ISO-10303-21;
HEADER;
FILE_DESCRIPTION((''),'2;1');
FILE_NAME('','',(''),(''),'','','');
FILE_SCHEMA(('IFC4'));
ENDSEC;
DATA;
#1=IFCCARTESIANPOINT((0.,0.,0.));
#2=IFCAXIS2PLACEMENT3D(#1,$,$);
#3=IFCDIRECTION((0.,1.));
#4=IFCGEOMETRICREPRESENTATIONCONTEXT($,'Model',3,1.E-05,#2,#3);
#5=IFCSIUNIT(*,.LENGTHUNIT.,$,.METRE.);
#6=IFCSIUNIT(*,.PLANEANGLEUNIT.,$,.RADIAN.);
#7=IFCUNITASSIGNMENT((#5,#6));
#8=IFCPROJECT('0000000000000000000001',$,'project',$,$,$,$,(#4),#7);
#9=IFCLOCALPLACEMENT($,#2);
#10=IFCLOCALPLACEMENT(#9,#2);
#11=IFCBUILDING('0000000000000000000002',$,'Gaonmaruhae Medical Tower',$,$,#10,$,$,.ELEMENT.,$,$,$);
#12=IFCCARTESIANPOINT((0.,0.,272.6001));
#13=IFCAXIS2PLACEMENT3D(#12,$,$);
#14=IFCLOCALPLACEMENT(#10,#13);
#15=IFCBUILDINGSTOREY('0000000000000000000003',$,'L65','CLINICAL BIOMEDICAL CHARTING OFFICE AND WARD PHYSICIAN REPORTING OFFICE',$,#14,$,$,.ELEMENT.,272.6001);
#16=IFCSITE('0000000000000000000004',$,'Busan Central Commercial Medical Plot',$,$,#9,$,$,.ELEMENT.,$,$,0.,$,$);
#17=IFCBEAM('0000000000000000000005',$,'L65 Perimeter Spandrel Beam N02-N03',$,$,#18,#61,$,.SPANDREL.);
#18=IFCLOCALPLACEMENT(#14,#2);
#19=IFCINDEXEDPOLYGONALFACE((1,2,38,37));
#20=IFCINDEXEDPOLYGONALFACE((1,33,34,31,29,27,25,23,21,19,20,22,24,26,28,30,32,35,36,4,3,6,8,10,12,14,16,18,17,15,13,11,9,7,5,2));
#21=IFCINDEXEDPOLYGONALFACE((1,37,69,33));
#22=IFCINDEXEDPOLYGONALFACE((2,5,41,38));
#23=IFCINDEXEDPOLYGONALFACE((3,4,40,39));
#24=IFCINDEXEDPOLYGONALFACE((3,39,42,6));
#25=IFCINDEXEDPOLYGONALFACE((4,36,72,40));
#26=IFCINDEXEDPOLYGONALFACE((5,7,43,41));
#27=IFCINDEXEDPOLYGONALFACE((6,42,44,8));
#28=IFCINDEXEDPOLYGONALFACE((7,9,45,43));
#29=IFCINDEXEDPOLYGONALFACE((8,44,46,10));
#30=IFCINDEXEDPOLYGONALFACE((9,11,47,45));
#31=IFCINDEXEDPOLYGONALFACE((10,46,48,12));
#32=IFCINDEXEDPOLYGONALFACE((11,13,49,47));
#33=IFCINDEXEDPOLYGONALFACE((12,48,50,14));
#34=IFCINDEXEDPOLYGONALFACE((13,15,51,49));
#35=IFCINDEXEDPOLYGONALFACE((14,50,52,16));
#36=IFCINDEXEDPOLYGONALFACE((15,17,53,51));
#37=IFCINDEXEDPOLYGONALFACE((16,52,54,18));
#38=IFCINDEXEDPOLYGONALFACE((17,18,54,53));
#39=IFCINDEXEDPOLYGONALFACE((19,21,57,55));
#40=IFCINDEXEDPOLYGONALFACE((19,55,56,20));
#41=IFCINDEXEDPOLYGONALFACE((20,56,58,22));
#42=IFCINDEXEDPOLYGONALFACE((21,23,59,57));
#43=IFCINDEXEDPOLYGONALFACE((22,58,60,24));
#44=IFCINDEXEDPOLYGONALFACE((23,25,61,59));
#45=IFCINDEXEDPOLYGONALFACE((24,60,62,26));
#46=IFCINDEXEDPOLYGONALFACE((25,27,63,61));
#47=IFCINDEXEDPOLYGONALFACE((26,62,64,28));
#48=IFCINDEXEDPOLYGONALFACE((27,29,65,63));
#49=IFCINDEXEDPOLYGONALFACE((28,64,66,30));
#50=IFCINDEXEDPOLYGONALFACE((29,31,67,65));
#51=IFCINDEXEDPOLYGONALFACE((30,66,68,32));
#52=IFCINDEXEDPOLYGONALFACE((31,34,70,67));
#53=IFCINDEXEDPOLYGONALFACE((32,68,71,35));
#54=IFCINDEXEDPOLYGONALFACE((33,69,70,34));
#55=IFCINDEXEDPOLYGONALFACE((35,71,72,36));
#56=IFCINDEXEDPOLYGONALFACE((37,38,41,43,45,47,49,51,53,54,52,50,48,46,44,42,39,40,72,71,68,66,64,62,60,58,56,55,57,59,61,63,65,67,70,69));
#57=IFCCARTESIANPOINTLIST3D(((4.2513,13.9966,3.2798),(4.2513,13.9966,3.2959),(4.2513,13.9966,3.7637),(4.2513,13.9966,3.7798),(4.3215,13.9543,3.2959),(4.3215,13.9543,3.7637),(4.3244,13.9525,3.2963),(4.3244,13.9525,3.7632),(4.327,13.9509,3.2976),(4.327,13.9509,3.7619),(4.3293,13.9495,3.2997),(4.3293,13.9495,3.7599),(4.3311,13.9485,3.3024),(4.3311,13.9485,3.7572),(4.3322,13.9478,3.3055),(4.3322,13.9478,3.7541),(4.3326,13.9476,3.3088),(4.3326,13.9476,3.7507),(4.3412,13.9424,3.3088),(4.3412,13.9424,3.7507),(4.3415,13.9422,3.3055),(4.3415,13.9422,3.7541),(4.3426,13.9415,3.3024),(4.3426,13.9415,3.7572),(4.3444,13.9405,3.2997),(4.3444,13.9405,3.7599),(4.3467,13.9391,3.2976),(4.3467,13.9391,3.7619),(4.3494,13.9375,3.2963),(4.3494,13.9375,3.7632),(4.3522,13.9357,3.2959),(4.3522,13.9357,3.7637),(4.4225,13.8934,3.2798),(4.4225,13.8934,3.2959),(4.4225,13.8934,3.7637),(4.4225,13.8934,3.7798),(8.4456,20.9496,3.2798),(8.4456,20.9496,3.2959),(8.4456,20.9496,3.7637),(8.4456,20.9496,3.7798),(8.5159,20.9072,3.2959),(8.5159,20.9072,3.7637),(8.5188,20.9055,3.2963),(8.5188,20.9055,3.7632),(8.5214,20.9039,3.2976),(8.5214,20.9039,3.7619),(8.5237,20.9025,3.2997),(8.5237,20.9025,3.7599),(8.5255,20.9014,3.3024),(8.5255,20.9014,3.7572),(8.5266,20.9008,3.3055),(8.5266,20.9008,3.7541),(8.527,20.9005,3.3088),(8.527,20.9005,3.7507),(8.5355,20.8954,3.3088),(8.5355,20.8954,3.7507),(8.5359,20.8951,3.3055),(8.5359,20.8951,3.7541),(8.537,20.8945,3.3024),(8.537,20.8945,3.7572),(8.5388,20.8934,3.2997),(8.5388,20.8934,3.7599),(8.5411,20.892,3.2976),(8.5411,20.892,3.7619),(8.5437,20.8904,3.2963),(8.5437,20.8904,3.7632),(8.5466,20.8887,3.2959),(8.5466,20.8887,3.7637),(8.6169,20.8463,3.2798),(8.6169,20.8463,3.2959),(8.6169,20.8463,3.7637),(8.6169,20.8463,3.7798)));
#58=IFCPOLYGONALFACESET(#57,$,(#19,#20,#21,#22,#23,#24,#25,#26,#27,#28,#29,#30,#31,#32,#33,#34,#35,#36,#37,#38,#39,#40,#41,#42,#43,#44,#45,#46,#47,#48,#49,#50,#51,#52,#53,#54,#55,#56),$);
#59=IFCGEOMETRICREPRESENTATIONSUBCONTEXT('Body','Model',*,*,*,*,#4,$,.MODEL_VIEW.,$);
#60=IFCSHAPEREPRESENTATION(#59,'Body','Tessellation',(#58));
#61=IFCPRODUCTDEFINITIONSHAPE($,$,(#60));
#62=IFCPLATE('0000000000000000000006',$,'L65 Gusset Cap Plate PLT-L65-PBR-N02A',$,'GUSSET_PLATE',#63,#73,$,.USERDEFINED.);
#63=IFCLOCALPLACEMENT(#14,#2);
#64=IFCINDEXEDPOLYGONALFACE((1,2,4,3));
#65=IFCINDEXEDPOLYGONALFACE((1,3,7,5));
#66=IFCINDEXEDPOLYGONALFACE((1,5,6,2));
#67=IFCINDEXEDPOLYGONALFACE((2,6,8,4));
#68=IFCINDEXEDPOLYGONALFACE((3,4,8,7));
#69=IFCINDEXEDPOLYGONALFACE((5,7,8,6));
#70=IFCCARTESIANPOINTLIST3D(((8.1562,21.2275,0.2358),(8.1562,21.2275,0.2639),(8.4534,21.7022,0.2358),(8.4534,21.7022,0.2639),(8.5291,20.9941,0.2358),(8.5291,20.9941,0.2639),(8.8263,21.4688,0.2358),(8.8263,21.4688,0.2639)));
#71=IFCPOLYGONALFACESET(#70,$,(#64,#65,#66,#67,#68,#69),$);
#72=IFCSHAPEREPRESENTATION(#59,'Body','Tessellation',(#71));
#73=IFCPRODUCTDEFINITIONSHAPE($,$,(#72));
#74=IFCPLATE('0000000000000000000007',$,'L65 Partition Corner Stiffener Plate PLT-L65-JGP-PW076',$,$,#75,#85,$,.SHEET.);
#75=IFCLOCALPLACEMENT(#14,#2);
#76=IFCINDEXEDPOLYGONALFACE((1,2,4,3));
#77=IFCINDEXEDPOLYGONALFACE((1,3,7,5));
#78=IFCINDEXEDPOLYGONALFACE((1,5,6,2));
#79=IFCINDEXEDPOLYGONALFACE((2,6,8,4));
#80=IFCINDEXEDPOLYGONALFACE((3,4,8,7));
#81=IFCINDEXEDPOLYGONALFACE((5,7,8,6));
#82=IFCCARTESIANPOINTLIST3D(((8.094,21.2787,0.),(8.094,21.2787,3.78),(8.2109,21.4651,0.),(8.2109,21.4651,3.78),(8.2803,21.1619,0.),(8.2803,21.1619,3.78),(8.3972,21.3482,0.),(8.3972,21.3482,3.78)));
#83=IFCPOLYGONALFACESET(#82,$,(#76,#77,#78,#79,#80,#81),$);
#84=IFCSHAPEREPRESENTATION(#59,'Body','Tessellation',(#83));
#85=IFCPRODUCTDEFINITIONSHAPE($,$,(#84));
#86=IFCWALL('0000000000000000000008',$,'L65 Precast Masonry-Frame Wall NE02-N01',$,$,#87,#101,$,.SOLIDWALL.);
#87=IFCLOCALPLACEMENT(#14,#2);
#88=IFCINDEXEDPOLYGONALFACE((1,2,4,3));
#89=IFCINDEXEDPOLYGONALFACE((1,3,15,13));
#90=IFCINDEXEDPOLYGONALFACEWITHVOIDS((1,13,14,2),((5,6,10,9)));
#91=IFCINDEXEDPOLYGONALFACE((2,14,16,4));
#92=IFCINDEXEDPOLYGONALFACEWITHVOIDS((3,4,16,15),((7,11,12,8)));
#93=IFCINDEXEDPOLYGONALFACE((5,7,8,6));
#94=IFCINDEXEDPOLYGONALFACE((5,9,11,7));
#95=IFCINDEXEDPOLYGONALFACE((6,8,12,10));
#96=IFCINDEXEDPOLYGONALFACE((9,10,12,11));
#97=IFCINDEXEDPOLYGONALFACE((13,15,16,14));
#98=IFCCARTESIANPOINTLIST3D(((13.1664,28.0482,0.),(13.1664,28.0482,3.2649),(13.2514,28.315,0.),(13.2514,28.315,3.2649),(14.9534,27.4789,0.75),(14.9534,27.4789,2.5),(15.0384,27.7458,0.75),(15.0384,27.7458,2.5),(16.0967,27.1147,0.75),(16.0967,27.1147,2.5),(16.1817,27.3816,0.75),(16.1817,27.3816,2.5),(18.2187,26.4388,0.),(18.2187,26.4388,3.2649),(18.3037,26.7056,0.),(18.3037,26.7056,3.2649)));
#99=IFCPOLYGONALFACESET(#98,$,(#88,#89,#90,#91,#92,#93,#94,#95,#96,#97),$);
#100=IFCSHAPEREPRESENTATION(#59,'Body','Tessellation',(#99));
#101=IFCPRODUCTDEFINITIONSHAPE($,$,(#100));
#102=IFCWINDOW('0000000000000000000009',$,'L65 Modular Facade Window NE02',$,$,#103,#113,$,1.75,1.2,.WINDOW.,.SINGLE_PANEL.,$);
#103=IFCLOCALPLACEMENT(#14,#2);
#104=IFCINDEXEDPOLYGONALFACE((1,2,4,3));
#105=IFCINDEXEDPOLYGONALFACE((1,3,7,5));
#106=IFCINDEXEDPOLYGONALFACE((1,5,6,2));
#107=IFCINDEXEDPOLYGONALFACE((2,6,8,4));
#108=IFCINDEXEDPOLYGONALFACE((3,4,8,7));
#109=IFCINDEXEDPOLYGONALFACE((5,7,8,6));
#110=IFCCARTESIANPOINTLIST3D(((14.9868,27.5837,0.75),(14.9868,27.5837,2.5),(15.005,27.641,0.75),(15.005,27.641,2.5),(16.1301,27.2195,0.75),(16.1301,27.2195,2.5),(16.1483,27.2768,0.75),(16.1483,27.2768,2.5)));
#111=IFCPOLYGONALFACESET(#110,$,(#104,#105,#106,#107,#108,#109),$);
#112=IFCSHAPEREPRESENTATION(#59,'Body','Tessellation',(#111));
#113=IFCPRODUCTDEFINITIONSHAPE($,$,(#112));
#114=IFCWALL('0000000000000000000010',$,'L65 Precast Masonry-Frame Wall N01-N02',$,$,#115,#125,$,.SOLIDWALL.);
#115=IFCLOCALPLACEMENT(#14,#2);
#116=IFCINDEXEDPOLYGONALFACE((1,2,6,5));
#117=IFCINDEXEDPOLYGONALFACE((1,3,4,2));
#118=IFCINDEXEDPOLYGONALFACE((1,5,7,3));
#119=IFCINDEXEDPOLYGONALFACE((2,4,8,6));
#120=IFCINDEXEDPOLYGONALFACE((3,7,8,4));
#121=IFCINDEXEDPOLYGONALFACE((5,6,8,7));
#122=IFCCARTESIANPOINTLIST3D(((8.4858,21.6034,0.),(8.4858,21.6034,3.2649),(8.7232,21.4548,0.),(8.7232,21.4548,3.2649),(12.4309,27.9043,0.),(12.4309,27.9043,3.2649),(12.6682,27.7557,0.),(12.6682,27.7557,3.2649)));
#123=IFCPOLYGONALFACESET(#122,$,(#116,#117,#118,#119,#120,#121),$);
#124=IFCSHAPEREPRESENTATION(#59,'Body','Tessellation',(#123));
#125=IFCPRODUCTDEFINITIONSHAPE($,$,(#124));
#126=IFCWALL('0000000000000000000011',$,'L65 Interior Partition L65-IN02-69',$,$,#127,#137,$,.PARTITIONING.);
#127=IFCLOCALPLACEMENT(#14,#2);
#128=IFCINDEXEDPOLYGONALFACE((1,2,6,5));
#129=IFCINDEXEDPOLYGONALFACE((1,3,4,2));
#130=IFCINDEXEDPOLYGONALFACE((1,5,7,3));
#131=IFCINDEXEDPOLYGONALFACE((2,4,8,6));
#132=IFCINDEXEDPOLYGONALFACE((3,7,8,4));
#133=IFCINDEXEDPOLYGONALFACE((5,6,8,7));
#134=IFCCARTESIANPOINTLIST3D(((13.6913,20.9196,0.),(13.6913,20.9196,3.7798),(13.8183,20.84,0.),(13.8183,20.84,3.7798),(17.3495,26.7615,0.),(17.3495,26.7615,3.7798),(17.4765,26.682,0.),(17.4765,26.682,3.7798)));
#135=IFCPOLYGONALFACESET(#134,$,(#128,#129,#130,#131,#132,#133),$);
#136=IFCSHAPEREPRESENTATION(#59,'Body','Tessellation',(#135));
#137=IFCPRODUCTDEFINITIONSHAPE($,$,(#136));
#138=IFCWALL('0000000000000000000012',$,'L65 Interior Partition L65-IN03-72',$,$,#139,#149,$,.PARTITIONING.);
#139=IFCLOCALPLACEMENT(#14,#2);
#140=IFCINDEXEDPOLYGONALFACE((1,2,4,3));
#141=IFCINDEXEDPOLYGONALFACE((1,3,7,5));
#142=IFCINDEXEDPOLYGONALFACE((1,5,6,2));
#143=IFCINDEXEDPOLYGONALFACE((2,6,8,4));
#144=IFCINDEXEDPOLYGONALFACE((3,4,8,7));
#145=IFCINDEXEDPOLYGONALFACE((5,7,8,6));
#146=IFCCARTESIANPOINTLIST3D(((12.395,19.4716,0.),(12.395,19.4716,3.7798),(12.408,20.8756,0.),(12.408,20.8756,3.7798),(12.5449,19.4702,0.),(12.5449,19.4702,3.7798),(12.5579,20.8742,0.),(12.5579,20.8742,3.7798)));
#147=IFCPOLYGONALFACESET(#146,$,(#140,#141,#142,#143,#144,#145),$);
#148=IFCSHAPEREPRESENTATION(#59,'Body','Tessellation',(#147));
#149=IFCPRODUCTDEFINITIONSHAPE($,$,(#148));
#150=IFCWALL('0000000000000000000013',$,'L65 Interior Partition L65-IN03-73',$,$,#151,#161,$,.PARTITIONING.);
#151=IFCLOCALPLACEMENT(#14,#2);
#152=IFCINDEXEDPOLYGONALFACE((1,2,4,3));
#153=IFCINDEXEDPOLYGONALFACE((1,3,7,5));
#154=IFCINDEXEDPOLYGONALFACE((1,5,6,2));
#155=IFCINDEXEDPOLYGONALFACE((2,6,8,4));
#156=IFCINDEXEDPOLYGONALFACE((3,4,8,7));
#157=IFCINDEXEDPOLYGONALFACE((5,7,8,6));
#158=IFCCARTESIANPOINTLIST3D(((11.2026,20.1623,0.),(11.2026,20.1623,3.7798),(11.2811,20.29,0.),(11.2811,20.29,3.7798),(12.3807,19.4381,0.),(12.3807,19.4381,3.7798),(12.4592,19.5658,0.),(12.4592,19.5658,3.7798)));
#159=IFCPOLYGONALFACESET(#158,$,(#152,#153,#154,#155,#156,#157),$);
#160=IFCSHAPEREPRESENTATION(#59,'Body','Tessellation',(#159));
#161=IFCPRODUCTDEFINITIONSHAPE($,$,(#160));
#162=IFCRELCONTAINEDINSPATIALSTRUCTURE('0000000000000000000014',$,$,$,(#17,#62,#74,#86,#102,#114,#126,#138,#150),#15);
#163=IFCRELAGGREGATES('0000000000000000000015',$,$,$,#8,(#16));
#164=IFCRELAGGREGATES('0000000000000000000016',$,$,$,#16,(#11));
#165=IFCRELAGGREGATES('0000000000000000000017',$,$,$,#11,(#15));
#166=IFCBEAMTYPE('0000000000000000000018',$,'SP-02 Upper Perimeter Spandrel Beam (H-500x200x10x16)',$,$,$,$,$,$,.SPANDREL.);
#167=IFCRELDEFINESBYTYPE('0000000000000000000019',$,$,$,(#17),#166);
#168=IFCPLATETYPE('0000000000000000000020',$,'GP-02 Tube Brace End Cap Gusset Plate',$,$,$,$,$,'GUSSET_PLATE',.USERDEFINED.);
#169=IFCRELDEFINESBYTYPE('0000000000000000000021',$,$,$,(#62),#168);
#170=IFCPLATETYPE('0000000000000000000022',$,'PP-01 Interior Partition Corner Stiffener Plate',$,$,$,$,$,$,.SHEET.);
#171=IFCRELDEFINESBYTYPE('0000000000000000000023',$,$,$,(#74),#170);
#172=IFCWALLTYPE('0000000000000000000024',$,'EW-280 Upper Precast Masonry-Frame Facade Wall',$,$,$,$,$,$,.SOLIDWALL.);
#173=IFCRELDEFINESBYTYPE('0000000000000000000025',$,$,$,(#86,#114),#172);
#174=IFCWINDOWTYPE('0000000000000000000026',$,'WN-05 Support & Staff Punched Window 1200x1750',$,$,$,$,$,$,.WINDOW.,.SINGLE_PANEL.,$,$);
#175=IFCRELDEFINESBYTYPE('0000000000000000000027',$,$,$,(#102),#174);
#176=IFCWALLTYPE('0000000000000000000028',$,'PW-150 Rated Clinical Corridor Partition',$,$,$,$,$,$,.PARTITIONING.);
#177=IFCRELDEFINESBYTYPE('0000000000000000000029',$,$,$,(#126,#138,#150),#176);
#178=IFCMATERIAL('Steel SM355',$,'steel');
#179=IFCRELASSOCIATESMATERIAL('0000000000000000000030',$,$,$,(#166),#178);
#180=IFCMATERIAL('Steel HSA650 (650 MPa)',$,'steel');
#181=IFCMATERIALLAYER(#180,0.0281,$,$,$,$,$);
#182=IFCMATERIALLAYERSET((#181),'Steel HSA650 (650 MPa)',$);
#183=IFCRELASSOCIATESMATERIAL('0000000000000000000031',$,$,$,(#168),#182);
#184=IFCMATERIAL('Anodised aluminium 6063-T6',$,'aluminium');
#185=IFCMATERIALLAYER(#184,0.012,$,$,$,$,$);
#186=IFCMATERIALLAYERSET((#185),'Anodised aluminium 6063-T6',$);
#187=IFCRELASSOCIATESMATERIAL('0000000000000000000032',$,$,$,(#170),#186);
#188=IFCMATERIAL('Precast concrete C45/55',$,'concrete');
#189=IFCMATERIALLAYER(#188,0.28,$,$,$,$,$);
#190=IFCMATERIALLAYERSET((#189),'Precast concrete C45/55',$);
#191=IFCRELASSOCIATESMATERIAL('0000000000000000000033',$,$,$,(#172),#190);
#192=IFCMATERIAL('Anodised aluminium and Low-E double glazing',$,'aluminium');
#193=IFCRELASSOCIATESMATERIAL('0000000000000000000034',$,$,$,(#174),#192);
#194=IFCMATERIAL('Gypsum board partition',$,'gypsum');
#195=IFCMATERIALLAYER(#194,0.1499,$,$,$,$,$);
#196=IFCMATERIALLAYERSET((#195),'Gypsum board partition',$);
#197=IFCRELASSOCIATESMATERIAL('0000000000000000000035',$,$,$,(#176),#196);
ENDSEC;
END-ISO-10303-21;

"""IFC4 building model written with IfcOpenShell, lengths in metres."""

from ifc_helpers import new_model, si_unit, direction, frame, frame_2d, origin, origin_2d, place, context, subcontext, project, spatial, rectangle, i_section, extrude, material, layer, layer_set, material_profile, profile_set, type_object, element, fill, save


model = new_model("IFC4")

# Units and contexts
model_context = context("Model", 3, precision=1e-05, world=origin(), true_north=direction((0.0, 1.0)))
body_context = subcontext(model_context, "Body", "Model", "MODEL_VIEW")
ifc_project = project(units=[si_unit("LENGTHUNIT", "METRE"), si_unit("PLANEANGLEUNIT", "RADIAN")], contexts=[model_context])

# Site, building, storey
site_placement = place(None, origin())
site = spatial("IfcSite", under=ifc_project, at=site_placement, Name="Busan Central Commercial Medical Plot", CompositionType="ELEMENT", RefElevation=0.0)
building_placement = place(site_placement, origin())
building = spatial("IfcBuilding", under=site, at=building_placement, Name="Gaonmaruhae Medical Tower", CompositionType="ELEMENT")
storey_placement = place(building_placement, frame((0.0, 0.0, 272.6001)))
storey = spatial("IfcBuildingStorey", under=building, at=storey_placement, Name="L65", Description="CLINICAL BIOMEDICAL CHARTING OFFICE AND WARD PHYSICIAN REPORTING OFFICE", CompositionType="ELEMENT", Elevation=272.6001)

# Shared definitions
ifc_material_1 = material(Name="Steel SM355", Category="steel")

# Beam
ifc_material_profile_1 = material_profile(ifc_material_1, i_section(OverallWidth=0.2, OverallDepth=0.5, WebThickness=0.01, FlangeThickness=0.0161, FilletRadius=0.0129, at=origin_2d()), Name="H-500x200x10x16")
ifc_profile_set_1 = profile_set([ifc_material_profile_1], Name="Steel SM355")
beam_type_1 = type_object("IfcBeamType", Name="SP-02 Upper Perimeter Spandrel Beam (H-500x200x10x16)", PredefinedType="SPANDREL", material=ifc_profile_set_1)
for number, where, z_axis, x_axis, name in (
    (1, (8.5312, 20.8979, 3.5298), (-0.516541, -0.856262, 0.0), (0.856262, -0.516541, 0.0), "L65 Perimeter Spandrel Beam N02-N03"),
):
    element("IfcBeam", number, at=place(storey_placement, frame(where, z_axis=z_axis, x_axis=x_axis)), inside=storey, type_object=beam_type_1, Name=name, PredefinedType="SPANDREL", context=body_context, shape_type="SweptSolid", body=[
        extrude(i_section(OverallWidth=0.2, OverallDepth=0.5, WebThickness=0.01, FlangeThickness=0.0161, FilletRadius=0.0129, at=origin_2d()), origin(), (0.0, 0.0, 1.0), 8.1201),
    ])

# Plates
ifc_material_2 = material(Name="Steel HSA650 (650 MPa)", Category="steel")
ifc_layer_1 = layer(ifc_material_2, 0.0281)
ifc_layer_set_1 = layer_set([ifc_layer_1], Name="Steel HSA650 (650 MPa)")
plate_type_1 = type_object("IfcPlateType", Name="GP-02 Tube Brace End Cap Gusset Plate", ElementType="GUSSET_PLATE", PredefinedType="USERDEFINED", material=ifc_layer_set_1)
plate_1_placement = place(storey_placement, frame((8.4912, 21.3481, 0.2358), z_axis=(0.0, 0.0, 1.0), x_axis=(0.530659, 0.847585, 0.0)))
element("IfcPlate", 2, at=plate_1_placement, inside=storey, type_object=plate_type_1, Name="L65 Gusset Cap Plate PLT-L65-PBR-N02A", ObjectType="GUSSET_PLATE", PredefinedType="USERDEFINED", context=body_context, shape_type="SweptSolid", body=[
    extrude(rectangle(XDim=0.5601, YDim=0.4399, at=origin_2d()), origin(), (0.0, 0.0, 1.0), 0.0281),
])
ifc_material_3 = material(Name="Anodised aluminium 6063-T6", Category="aluminium")
ifc_layer_2 = layer(ifc_material_3, 0.012)
ifc_layer_set_2 = layer_set([ifc_layer_2], Name="Anodised aluminium 6063-T6")
plate_type_2 = type_object("IfcPlateType", Name="PP-01 Interior Partition Corner Stiffener Plate", PredefinedType="SHEET", material=ifc_layer_set_2)
plate_2_placement = place(storey_placement, frame((8.2456, 21.3135, 0.0), z_axis=(0.0, 0.0, 1.0), x_axis=(0.531325, 0.847168, 0.0)))
element("IfcPlate", 3, at=plate_2_placement, inside=storey, type_object=plate_type_2, Name="L65 Partition Corner Stiffener Plate PLT-L65-JGP-PW076", PredefinedType="SHEET", context=body_context, shape_type="SweptSolid", body=[
    extrude(rectangle(XDim=0.22, YDim=0.22, at=origin_2d()), origin(), (0.0, 0.0, 1.0), 3.78),
])

# Wall, opening, window
ifc_material_4 = material(Name="Precast concrete C45/55", Category="concrete")
ifc_layer_3 = layer(ifc_material_4, 0.28)
ifc_layer_set_3 = layer_set([ifc_layer_3], Name="Precast concrete C45/55")
wall_type_1 = type_object("IfcWallType", Name="EW-280 Upper Precast Masonry-Frame Facade Wall", PredefinedType="SOLIDWALL", material=ifc_layer_set_3)
wall_1_placement = place(storey_placement, frame((13.2087, 28.1816, 0.0), z_axis=(0.0, 0.0, 1.0), x_axis=(0.952825, -0.303519, 0.0)))
wall_1 = element("IfcWall", 4, at=wall_1_placement, inside=storey, type_object=wall_type_1, Name="L65 Precast Masonry-Frame Wall NE02-N01", PredefinedType="SOLIDWALL", context=body_context, shape_type="SweptSolid", body=[
    extrude(rectangle(XDim=5.3025, YDim=0.28, at=frame_2d((2.6514, 0.0))), origin(), (0.0, 0.0, 1.0), 3.2649),
])
opening_1_placement = place(wall_1_placement, frame((1.8755, 0.0, 0.75)))
opening_1 = element("IfcOpeningElement", 5, at=opening_1_placement, cuts=wall_1, PredefinedType="OPENING", context=body_context, shape_type="SweptSolid", body=[
    extrude(rectangle(XDim=1.2, YDim=1.75, at=frame_2d((0.6001, 0.875))), frame((0.0, 0.1499, 0.0), z_axis=(0.0, -1.0, 0.0), x_axis=(1.0, 0.0, 0.0)), (0.0, 0.0, 1.0), 0.3),
])
ifc_material_5 = material(Name="Anodised aluminium and Low-E double glazing", Category="aluminium")
window_type = type_object("IfcWindowType", Name="WN-05 Support & Staff Punched Window 1200x1750", PartitioningType="SINGLE_PANEL", PredefinedType="WINDOW", material=ifc_material_5)
window_placement = place(opening_1_placement, origin())
window = element("IfcWindow", 6, at=window_placement, inside=storey, type_object=window_type, Name="L65 Modular Facade Window NE02", OverallHeight=1.75, OverallWidth=1.2, PartitioningType="SINGLE_PANEL", PredefinedType="WINDOW", context=body_context, shape_type="SweptSolid", body=[
    extrude(rectangle(XDim=1.2, YDim=1.75, at=frame_2d((0.6001, 0.875))), frame((0.0, 0.03, 0.0), z_axis=(0.0, -1.0, 0.0), x_axis=(1.0, 0.0, 0.0)), (0.0, 0.0, 1.0), 0.0601),
])
fill(opening_1, window)

# Walls
wall_2_placement = place(storey_placement, frame((8.6045, 21.5291, 0.0), z_axis=(0.0, 0.0, 1.0), x_axis=(0.530669, 0.847579, 0.0)))
element("IfcWall", 7, at=wall_2_placement, inside=storey, type_object=wall_type_1, Name="L65 Precast Masonry-Frame Wall N01-N02", PredefinedType="SOLIDWALL", context=body_context, shape_type="SweptSolid", body=[
    extrude(rectangle(XDim=7.4341, YDim=0.28, at=frame_2d((3.717, 0.0))), origin(), (0.0, 0.0, 1.0), 3.2649),
])
ifc_material_6 = material(Name="Gypsum board partition", Category="gypsum")
ifc_layer_4 = layer(ifc_material_6, 0.1499)
ifc_layer_set_4 = layer_set([ifc_layer_4], Name="Gypsum board partition")
wall_type_2 = type_object("IfcWallType", Name="PW-150 Rated Clinical Corridor Partition", PredefinedType="PARTITIONING", material=ifc_layer_set_4)
wall_3_placement = place(storey_placement, frame((13.7549, 20.8799, 0.0), z_axis=(0.0, 0.0, 1.0), x_axis=(0.530721, 0.847546, 0.0)))
element("IfcWall", 8, at=wall_3_placement, inside=storey, type_object=wall_type_2, Name="L65 Interior Partition L65-IN02-69", PredefinedType="PARTITIONING", context=body_context, shape_type="SweptSolid", body=[
    extrude(rectangle(XDim=6.8928, YDim=0.1499, at=frame_2d((3.4463, 0.0))), origin(), (0.0, 0.0, 1.0), 3.7798),
])
wall_4_placement = place(storey_placement, frame((12.4829, 20.875, 0.0), z_axis=(0.0, 0.0, 1.0), x_axis=(-0.009215, -0.999958, 0.0)))
element("IfcWall", 9, at=wall_4_placement, inside=storey, type_object=wall_type_2, Name="L65 Interior Partition L65-IN03-72", PredefinedType="PARTITIONING", context=body_context, shape_type="SweptSolid", body=[
    extrude(rectangle(XDim=1.4041, YDim=0.1499, at=frame_2d((0.7021, 0.0))), origin(), (0.0, 0.0, 1.0), 3.7798),
])
wall_5_placement = place(storey_placement, frame((12.4199, 19.502, 0.0), z_axis=(0.0, 0.0, 1.0), x_axis=(-0.851913, 0.523684, 0.0)))
element("IfcWall", 10, at=wall_5_placement, inside=storey, type_object=wall_type_2, Name="L65 Interior Partition L65-IN03-73", PredefinedType="PARTITIONING", context=body_context, shape_type="SweptSolid", body=[
    extrude(rectangle(XDim=1.3828, YDim=0.1499, at=frame_2d((0.6914, 0.0))), origin(), (0.0, 0.0, 1.0), 3.7798),
])

save(model, "model.ifc")
